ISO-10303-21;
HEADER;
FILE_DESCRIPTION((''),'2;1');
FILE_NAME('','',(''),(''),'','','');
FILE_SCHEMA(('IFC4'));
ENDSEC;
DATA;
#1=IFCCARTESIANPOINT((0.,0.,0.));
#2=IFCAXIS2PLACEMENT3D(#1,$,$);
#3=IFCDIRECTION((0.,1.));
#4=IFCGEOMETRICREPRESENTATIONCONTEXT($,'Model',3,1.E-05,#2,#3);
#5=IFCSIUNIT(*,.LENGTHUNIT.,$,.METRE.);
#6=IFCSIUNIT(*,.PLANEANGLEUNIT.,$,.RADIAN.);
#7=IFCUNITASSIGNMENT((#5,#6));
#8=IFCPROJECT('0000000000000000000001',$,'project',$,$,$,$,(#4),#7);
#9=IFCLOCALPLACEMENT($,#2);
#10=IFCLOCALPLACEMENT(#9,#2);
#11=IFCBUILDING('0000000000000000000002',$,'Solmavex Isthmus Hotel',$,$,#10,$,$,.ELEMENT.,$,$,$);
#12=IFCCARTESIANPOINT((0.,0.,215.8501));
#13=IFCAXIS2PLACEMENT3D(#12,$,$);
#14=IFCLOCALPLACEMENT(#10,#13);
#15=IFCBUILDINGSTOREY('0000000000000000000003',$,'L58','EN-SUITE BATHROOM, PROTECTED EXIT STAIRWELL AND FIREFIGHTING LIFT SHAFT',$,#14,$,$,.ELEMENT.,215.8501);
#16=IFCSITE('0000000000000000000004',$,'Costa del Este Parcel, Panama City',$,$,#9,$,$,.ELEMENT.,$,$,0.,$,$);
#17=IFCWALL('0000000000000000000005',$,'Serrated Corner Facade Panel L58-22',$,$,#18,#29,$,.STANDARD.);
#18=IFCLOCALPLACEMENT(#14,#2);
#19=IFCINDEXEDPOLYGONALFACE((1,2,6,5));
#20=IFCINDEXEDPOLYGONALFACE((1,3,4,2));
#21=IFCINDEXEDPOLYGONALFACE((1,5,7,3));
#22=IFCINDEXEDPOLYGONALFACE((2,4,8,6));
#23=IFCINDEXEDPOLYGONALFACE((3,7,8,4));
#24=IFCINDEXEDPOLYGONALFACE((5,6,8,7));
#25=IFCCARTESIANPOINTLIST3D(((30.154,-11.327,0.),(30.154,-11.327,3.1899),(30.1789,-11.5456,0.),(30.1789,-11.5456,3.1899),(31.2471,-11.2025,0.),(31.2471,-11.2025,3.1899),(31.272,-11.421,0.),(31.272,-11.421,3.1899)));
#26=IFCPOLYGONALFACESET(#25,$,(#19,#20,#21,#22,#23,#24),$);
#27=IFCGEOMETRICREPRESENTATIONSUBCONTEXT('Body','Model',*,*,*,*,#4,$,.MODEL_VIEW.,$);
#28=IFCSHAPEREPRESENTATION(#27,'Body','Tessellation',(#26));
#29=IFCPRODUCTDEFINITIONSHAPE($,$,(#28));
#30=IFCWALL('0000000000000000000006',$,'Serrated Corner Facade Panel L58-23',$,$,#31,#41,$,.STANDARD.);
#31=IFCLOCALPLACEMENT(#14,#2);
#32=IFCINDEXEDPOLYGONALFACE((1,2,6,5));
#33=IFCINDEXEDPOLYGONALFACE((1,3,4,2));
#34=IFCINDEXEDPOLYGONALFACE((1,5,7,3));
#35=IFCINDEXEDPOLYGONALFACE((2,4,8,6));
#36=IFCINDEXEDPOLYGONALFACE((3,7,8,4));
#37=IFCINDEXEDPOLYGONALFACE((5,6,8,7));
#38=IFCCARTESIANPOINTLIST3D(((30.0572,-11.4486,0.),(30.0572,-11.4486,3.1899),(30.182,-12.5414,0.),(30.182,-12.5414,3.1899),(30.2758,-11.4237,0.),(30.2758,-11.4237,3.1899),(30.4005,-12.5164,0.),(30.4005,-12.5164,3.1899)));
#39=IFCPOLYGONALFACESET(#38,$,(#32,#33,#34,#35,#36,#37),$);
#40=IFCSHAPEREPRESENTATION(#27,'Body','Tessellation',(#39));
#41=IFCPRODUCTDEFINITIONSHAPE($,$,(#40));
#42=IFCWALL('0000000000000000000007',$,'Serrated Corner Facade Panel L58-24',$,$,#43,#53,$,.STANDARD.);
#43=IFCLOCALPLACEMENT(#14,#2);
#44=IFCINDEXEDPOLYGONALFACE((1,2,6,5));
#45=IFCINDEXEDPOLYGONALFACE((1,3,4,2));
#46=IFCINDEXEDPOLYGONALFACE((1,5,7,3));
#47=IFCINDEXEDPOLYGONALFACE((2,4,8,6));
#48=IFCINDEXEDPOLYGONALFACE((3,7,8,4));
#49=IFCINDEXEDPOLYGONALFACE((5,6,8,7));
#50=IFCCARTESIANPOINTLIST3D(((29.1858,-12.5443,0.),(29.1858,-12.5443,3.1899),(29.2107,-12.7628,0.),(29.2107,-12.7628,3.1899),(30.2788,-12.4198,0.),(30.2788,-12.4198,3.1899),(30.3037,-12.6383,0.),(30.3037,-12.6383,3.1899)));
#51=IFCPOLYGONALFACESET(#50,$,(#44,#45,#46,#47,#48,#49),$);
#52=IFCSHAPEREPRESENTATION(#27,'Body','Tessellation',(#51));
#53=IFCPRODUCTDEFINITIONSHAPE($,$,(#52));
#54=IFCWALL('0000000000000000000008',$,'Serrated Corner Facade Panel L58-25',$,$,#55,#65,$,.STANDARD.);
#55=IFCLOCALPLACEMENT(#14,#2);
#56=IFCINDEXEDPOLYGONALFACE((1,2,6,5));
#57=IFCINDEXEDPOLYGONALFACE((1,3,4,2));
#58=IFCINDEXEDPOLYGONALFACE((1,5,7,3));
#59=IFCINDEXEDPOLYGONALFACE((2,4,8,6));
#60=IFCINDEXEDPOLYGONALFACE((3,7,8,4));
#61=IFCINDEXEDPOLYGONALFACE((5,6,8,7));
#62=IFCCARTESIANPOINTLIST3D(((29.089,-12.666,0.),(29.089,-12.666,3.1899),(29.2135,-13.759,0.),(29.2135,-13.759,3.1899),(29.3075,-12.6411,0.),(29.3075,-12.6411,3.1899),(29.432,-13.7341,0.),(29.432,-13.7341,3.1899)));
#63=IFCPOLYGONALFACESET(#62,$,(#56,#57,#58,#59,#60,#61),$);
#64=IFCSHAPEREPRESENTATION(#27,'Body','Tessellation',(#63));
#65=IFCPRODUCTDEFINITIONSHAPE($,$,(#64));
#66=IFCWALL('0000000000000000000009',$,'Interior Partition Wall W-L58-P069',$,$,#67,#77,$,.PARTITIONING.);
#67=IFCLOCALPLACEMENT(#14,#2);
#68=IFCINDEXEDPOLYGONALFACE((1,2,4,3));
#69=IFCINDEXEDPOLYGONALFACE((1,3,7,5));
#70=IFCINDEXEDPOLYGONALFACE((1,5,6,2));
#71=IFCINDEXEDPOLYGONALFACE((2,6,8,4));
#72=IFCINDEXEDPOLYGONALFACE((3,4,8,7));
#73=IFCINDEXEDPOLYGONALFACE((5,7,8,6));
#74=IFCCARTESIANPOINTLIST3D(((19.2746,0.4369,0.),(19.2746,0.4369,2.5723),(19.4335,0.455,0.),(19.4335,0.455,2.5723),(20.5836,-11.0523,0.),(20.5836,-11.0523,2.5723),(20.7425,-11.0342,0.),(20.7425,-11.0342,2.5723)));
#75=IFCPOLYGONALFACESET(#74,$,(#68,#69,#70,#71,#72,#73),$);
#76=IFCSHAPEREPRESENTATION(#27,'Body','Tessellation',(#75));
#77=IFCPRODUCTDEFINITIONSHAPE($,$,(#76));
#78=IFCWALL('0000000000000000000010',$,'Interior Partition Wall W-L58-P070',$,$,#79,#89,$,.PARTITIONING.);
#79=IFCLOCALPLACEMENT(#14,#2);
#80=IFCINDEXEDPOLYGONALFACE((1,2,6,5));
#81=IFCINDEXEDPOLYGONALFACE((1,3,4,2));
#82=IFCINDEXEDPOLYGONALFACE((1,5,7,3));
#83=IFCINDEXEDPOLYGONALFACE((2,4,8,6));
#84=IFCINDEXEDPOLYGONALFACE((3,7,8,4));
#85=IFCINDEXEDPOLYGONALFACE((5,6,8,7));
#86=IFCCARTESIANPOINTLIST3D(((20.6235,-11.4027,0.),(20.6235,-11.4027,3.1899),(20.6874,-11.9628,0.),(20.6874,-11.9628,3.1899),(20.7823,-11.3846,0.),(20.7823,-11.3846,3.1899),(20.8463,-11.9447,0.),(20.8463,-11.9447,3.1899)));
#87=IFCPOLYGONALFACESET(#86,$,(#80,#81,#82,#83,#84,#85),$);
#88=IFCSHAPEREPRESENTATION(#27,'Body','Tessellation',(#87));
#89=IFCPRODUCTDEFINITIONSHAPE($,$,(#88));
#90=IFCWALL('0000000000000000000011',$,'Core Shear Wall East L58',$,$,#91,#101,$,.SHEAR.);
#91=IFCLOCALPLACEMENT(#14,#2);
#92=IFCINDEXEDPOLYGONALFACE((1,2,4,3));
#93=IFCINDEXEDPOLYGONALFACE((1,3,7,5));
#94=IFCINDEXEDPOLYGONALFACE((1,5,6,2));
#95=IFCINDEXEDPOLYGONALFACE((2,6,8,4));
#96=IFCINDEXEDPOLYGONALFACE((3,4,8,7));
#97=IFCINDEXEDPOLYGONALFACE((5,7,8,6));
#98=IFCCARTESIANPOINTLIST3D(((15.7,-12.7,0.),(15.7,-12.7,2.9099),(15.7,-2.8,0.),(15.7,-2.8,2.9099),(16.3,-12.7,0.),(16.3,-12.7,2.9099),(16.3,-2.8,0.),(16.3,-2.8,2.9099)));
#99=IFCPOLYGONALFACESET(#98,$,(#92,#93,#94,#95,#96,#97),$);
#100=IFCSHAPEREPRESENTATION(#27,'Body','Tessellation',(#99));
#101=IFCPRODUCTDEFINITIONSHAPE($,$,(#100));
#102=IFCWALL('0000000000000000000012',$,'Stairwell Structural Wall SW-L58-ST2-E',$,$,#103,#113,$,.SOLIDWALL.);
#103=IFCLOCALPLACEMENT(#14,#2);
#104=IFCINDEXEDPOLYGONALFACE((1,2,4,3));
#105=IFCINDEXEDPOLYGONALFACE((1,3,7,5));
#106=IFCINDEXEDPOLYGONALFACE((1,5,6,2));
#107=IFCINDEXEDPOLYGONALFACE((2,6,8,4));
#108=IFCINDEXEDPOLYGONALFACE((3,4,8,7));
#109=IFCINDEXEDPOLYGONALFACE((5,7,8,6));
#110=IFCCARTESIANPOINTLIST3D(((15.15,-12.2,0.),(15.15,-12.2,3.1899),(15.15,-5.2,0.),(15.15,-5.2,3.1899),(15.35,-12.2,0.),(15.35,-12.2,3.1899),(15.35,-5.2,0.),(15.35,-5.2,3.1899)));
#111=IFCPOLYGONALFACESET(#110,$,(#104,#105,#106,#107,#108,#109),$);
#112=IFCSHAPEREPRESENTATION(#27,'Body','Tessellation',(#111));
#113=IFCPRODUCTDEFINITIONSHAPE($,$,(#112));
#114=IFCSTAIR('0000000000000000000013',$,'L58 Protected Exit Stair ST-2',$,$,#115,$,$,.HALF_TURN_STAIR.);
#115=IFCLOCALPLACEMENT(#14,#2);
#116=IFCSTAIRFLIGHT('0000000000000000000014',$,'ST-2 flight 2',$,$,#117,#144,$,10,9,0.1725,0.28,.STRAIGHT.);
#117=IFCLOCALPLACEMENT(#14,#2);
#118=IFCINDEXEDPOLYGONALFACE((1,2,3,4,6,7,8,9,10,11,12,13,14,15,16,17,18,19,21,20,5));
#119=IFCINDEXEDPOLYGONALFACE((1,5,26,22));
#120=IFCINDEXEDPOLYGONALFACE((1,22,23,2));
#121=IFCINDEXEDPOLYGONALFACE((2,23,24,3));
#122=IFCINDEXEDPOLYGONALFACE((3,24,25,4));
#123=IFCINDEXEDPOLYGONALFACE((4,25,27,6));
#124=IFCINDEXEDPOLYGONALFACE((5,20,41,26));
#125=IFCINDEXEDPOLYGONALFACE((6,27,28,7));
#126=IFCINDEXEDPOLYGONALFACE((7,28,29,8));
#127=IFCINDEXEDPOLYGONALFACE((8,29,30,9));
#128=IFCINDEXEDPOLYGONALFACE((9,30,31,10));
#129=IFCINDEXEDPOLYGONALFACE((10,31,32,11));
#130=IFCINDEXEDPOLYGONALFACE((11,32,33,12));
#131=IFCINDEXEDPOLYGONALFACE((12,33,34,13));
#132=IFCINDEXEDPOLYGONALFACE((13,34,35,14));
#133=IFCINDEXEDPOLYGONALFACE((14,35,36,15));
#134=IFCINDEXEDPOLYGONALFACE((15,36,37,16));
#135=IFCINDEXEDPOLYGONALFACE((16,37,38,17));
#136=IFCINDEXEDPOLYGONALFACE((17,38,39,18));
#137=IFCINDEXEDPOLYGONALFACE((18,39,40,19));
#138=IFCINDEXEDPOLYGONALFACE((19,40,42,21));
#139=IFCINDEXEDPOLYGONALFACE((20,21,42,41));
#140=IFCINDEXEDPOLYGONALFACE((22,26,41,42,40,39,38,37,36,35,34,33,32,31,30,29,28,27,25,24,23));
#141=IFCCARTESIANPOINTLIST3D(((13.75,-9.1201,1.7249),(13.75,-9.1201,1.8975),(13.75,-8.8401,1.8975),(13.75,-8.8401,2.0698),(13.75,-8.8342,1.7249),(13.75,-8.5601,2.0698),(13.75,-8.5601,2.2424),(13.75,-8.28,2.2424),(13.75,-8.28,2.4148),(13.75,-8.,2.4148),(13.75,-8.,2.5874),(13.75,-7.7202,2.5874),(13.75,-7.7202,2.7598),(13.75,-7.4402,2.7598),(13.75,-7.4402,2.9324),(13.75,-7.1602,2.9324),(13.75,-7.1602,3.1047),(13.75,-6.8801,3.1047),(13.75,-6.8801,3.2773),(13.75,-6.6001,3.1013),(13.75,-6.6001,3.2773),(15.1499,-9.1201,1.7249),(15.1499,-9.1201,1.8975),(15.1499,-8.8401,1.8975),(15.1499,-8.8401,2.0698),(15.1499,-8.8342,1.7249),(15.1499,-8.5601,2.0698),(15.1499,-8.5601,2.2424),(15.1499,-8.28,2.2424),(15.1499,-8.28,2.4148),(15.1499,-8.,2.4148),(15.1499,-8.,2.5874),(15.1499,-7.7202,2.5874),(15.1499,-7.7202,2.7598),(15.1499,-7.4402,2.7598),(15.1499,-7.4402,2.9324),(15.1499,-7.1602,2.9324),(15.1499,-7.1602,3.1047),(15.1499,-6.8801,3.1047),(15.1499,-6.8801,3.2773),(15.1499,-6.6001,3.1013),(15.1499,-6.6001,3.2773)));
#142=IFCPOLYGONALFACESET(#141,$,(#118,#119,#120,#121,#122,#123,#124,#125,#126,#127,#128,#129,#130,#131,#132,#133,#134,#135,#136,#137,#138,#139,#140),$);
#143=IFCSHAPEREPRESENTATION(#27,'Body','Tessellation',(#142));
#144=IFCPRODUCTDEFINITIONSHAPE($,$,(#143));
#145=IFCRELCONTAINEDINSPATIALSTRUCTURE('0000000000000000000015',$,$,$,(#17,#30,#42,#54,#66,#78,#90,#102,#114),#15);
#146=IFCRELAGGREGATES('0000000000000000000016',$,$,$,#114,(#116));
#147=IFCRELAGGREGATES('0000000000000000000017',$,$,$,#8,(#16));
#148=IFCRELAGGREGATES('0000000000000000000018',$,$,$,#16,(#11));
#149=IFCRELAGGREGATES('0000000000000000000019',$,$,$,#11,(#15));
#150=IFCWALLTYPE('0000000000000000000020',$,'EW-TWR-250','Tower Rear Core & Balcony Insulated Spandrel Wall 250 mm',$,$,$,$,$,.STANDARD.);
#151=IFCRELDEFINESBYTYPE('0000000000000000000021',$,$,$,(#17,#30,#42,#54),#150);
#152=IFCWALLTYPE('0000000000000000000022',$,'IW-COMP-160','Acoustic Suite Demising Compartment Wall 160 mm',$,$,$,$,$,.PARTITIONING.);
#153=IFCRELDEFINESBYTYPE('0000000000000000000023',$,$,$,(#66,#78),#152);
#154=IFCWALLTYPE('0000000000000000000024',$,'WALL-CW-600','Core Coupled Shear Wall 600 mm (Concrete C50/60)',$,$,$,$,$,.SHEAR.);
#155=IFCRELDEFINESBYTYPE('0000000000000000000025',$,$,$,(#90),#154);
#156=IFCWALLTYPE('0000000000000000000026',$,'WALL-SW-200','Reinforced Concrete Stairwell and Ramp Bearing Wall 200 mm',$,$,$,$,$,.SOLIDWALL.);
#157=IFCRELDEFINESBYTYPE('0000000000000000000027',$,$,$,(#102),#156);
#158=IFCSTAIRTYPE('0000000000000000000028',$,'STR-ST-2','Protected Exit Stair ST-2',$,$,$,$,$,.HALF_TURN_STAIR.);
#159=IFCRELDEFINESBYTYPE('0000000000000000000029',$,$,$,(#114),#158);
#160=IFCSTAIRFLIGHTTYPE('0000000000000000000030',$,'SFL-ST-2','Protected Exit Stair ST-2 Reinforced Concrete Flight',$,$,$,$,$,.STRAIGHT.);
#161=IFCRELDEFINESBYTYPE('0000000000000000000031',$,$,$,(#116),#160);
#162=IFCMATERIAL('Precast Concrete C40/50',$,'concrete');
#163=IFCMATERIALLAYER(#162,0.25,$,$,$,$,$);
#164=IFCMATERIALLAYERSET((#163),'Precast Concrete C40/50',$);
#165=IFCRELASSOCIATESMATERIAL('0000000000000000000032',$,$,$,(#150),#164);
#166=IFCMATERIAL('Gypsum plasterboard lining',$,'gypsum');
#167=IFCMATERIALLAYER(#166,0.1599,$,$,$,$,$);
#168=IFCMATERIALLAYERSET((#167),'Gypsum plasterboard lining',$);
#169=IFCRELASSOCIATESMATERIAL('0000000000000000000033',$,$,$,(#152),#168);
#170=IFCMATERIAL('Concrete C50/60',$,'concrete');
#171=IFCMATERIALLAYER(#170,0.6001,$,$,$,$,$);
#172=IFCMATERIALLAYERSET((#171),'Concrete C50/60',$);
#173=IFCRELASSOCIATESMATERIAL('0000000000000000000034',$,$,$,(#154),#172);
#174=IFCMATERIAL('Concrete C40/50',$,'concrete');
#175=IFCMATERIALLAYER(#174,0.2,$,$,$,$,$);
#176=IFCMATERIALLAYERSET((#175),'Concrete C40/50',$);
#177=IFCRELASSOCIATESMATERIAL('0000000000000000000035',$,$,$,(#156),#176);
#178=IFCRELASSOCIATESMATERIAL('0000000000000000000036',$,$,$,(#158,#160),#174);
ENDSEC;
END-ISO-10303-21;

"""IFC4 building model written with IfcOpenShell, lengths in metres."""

from ifc_helpers import new_model, si_unit, direction, frame, frame_2d, origin, place, context, subcontext, project, spatial, polyline, rectangle, outline, extrude, material, layer, layer_set, type_object, element, aggregate, save


model = new_model("IFC4")

# Units and contexts
model_context = context("Model", 3, precision=1e-05, world=origin(), true_north=direction((0.0, 1.0)))
body_context = subcontext(model_context, "Body", "Model", "MODEL_VIEW")
ifc_project = project(units=[si_unit("LENGTHUNIT", "METRE"), si_unit("PLANEANGLEUNIT", "RADIAN")], contexts=[model_context])

# Site, building, storey
site_placement = place(None, origin())
site = spatial("IfcSite", under=ifc_project, at=site_placement, Name="Costa del Este Parcel, Panama City", CompositionType="ELEMENT", RefElevation=0.0)
building_placement = place(site_placement, origin())
building = spatial("IfcBuilding", under=site, at=building_placement, Name="Solmavex Isthmus Hotel", CompositionType="ELEMENT")
storey_placement = place(building_placement, frame((0.0, 0.0, 215.8501)))
storey = spatial("IfcBuildingStorey", under=building, at=storey_placement, Name="L58", Description="EN-SUITE BATHROOM, PROTECTED EXIT STAIRWELL AND FIREFIGHTING LIFT SHAFT", CompositionType="ELEMENT", Elevation=215.8501)

# Shared definitions
ifc_material_1 = material(Name="Concrete C50/60", Category="concrete")

# Walls
ifc_material_2 = material(Name="Precast Concrete C40/50", Category="concrete")
ifc_layer_1 = layer(ifc_material_2, 0.25)
ifc_layer_set_1 = layer_set([ifc_layer_1], Name="Precast Concrete C40/50")
wall_type_1 = type_object("IfcWallType", Name="EW-TWR-250", Description="Tower Rear Core & Balcony Insulated Spandrel Wall 250 mm", PredefinedType="STANDARD", material=ifc_layer_set_1)
wall_1_placement = place(storey_placement, frame((31.2595, -11.3118, 0.0), z_axis=(0.0, 0.0, 1.0), x_axis=(-0.993574, -0.113184, 0.0)))
element("IfcWall", 1, at=wall_1_placement, inside=storey, type_object=wall_type_1, Name="Serrated Corner Facade Panel L58-22", PredefinedType="STANDARD", context=body_context, shape_type="SweptSolid", body=[
    extrude(rectangle(XDim=1.1001, YDim=0.22, at=frame_2d((0.55, 0.0))), origin(), (0.0, 0.0, 1.0), 3.1899),
])
wall_2_placement = place(storey_placement, frame((30.1665, -11.4363, 0.0), z_axis=(0.0, 0.0, 1.0), x_axis=(0.113428, -0.993546, 0.0)))
element("IfcWall", 2, at=wall_2_placement, inside=storey, type_object=wall_type_1, Name="Serrated Corner Facade Panel L58-23", PredefinedType="STANDARD", context=body_context, shape_type="SweptSolid", body=[
    extrude(rectangle(XDim=1.0999, YDim=0.22, at=frame_2d((0.5498, 0.0))), origin(), (0.0, 0.0, 1.0), 3.1899),
])
for number, where, z_axis, x_axis, name in (
    (3, (30.2913, -12.5291, 0.0), (0.0, 0.0, 1.0), (-0.993574, -0.113184, 0.0), "Serrated Corner Facade Panel L58-24"),
    (4, (29.1982, -12.6536, 0.0), (0.0, 0.0, 1.0), (0.113184, -0.993574, 0.0), "Serrated Corner Facade Panel L58-25"),
):
    element("IfcWall", number, at=place(storey_placement, frame(where, z_axis=z_axis, x_axis=x_axis)), inside=storey, type_object=wall_type_1, Name=name, PredefinedType="STANDARD", context=body_context, shape_type="SweptSolid", body=[
        extrude(rectangle(XDim=1.1001, YDim=0.22, at=frame_2d((0.55, 0.0))), origin(), (0.0, 0.0, 1.0), 3.1899),
    ])
ifc_material_3 = material(Name="Gypsum plasterboard lining", Category="gypsum")
ifc_layer_2 = layer(ifc_material_3, 0.1599)
ifc_layer_set_2 = layer_set([ifc_layer_2], Name="Gypsum plasterboard lining")
wall_type_2 = type_object("IfcWallType", Name="IW-COMP-160", Description="Acoustic Suite Demising Compartment Wall 160 mm", PredefinedType="PARTITIONING", material=ifc_layer_set_2)
wall_3_placement = place(storey_placement, frame((20.6631, -11.0432, 0.0), z_axis=(0.0, 0.0, 1.0), x_axis=(-0.113207, 0.993571, 0.0)))
element("IfcWall", 5, at=wall_3_placement, inside=storey, type_object=wall_type_2, Name="Interior Partition Wall W-L58-P069", PredefinedType="PARTITIONING", context=body_context, shape_type="SweptSolid", body=[
    extrude(rectangle(XDim=11.5635, YDim=0.1599, at=frame_2d((5.7817, 0.0))), origin(), (0.0, 0.0, 1.0), 2.5723),
])
wall_4_placement = place(storey_placement, frame((20.7668, -11.9536, 0.0), z_axis=(0.0, 0.0, 1.0), x_axis=(-0.113473, 0.993541, 0.0)))
element("IfcWall", 6, at=wall_4_placement, inside=storey, type_object=wall_type_2, Name="Interior Partition Wall W-L58-P070", PredefinedType="PARTITIONING", context=body_context, shape_type="SweptSolid", body=[
    extrude(rectangle(XDim=0.5637, YDim=0.1599, at=frame_2d((0.2817, 0.0))), origin(), (0.0, 0.0, 1.0), 3.1899),
])
ifc_layer_3 = layer(ifc_material_1, 0.6001)
ifc_layer_set_3 = layer_set([ifc_layer_3], Name="Concrete C50/60")
wall_type_3 = type_object("IfcWallType", Name="WALL-CW-600", Description="Core Coupled Shear Wall 600 mm (Concrete C50/60)", PredefinedType="SHEAR", material=ifc_layer_set_3)
wall_5_placement = place(storey_placement, frame((16.0, -12.7, 0.0), z_axis=(0.0, 0.0, 1.0), x_axis=(0.0, 1.0, 0.0)))
element("IfcWall", 7, at=wall_5_placement, inside=storey, type_object=wall_type_3, Name="Core Shear Wall East L58", PredefinedType="SHEAR", context=body_context, shape_type="SweptSolid", body=[
    extrude(rectangle(XDim=9.8999, YDim=0.6001, at=frame_2d((4.95, 0.0))), origin(), (0.0, 0.0, 1.0), 2.9099),
])
ifc_material_4 = material(Name="Concrete C40/50", Category="concrete")
ifc_layer_4 = layer(ifc_material_4, 0.2)
ifc_layer_set_4 = layer_set([ifc_layer_4], Name="Concrete C40/50")
wall_type_4 = type_object("IfcWallType", Name="WALL-SW-200", Description="Reinforced Concrete Stairwell and Ramp Bearing Wall 200 mm", PredefinedType="SOLIDWALL", material=ifc_layer_set_4)
wall_6_placement = place(storey_placement, frame((15.25, -12.2, 0.0), z_axis=(0.0, 0.0, 1.0), x_axis=(0.0, 1.0, 0.0)))
element("IfcWall", 8, at=wall_6_placement, inside=storey, type_object=wall_type_4, Name="Stairwell Structural Wall SW-L58-ST2-E", PredefinedType="SOLIDWALL", context=body_context, shape_type="SweptSolid", body=[
    extrude(rectangle(XDim=7.0, YDim=0.2, at=frame_2d((3.5, 0.0))), origin(), (0.0, 0.0, 1.0), 3.1899),
])

# Stair, stair flight
stair_type = type_object("IfcStairType", Name="STR-ST-2", Description="Protected Exit Stair ST-2", PredefinedType="HALF_TURN_STAIR", material=ifc_material_4)
stair_placement = place(storey_placement, origin())
stair = element("IfcStair", 9, at=stair_placement, inside=storey, type_object=stair_type, Name="L58 Protected Exit Stair ST-2", PredefinedType="HALF_TURN_STAIR")
stair_flight_type = type_object("IfcStairFlightType", Name="SFL-ST-2", Description="Protected Exit Stair ST-2 Reinforced Concrete Flight", PredefinedType="STRAIGHT", material=ifc_material_4)
stair_flight_placement = place(storey_placement, frame((14.45, -9.1201, 1.7249), z_axis=(0.0, 0.0, 1.0), x_axis=(0.0, 1.0, 0.0)))
stair_flight = element("IfcStairFlight", 10, at=stair_flight_placement, type_object=stair_flight_type, Name="ST-2 flight 2", NumberOfRisers=10, NumberOfTreads=9, PredefinedType="STRAIGHT", RiserHeight=0.1725, TreadLength=0.28, context=body_context, shape_type="SweptSolid", body=[
    extrude(outline(polyline([(0.0, 0.0), (0.0, 0.1726), (0.28, 0.1726), (0.28, 0.345), (0.5601, 0.345), (0.5601, 0.5176), (0.8401, 0.5176), (0.8401, 0.6899), (1.1201, 0.6899), (1.1201, 0.8625), (1.3999, 0.8625), (1.3999, 1.0349), (1.6799, 1.0349), (1.6799, 1.2075), (1.96, 1.2075), (1.96, 1.3799), (2.24, 1.3799), (2.24, 1.5525), (2.52, 1.5525), (2.52, 1.7251), (2.52, 1.3765), (0.2859, 0.0), (0.0, 0.0)])), frame((0.0, 0.7, 0.0), z_axis=(0.0, -1.0, 0.0), x_axis=(1.0, 0.0, 0.0)), (0.0, 0.0, 1.0), 1.3999),
])
aggregate(stair, [stair_flight])

save(model, "model.ifc")
